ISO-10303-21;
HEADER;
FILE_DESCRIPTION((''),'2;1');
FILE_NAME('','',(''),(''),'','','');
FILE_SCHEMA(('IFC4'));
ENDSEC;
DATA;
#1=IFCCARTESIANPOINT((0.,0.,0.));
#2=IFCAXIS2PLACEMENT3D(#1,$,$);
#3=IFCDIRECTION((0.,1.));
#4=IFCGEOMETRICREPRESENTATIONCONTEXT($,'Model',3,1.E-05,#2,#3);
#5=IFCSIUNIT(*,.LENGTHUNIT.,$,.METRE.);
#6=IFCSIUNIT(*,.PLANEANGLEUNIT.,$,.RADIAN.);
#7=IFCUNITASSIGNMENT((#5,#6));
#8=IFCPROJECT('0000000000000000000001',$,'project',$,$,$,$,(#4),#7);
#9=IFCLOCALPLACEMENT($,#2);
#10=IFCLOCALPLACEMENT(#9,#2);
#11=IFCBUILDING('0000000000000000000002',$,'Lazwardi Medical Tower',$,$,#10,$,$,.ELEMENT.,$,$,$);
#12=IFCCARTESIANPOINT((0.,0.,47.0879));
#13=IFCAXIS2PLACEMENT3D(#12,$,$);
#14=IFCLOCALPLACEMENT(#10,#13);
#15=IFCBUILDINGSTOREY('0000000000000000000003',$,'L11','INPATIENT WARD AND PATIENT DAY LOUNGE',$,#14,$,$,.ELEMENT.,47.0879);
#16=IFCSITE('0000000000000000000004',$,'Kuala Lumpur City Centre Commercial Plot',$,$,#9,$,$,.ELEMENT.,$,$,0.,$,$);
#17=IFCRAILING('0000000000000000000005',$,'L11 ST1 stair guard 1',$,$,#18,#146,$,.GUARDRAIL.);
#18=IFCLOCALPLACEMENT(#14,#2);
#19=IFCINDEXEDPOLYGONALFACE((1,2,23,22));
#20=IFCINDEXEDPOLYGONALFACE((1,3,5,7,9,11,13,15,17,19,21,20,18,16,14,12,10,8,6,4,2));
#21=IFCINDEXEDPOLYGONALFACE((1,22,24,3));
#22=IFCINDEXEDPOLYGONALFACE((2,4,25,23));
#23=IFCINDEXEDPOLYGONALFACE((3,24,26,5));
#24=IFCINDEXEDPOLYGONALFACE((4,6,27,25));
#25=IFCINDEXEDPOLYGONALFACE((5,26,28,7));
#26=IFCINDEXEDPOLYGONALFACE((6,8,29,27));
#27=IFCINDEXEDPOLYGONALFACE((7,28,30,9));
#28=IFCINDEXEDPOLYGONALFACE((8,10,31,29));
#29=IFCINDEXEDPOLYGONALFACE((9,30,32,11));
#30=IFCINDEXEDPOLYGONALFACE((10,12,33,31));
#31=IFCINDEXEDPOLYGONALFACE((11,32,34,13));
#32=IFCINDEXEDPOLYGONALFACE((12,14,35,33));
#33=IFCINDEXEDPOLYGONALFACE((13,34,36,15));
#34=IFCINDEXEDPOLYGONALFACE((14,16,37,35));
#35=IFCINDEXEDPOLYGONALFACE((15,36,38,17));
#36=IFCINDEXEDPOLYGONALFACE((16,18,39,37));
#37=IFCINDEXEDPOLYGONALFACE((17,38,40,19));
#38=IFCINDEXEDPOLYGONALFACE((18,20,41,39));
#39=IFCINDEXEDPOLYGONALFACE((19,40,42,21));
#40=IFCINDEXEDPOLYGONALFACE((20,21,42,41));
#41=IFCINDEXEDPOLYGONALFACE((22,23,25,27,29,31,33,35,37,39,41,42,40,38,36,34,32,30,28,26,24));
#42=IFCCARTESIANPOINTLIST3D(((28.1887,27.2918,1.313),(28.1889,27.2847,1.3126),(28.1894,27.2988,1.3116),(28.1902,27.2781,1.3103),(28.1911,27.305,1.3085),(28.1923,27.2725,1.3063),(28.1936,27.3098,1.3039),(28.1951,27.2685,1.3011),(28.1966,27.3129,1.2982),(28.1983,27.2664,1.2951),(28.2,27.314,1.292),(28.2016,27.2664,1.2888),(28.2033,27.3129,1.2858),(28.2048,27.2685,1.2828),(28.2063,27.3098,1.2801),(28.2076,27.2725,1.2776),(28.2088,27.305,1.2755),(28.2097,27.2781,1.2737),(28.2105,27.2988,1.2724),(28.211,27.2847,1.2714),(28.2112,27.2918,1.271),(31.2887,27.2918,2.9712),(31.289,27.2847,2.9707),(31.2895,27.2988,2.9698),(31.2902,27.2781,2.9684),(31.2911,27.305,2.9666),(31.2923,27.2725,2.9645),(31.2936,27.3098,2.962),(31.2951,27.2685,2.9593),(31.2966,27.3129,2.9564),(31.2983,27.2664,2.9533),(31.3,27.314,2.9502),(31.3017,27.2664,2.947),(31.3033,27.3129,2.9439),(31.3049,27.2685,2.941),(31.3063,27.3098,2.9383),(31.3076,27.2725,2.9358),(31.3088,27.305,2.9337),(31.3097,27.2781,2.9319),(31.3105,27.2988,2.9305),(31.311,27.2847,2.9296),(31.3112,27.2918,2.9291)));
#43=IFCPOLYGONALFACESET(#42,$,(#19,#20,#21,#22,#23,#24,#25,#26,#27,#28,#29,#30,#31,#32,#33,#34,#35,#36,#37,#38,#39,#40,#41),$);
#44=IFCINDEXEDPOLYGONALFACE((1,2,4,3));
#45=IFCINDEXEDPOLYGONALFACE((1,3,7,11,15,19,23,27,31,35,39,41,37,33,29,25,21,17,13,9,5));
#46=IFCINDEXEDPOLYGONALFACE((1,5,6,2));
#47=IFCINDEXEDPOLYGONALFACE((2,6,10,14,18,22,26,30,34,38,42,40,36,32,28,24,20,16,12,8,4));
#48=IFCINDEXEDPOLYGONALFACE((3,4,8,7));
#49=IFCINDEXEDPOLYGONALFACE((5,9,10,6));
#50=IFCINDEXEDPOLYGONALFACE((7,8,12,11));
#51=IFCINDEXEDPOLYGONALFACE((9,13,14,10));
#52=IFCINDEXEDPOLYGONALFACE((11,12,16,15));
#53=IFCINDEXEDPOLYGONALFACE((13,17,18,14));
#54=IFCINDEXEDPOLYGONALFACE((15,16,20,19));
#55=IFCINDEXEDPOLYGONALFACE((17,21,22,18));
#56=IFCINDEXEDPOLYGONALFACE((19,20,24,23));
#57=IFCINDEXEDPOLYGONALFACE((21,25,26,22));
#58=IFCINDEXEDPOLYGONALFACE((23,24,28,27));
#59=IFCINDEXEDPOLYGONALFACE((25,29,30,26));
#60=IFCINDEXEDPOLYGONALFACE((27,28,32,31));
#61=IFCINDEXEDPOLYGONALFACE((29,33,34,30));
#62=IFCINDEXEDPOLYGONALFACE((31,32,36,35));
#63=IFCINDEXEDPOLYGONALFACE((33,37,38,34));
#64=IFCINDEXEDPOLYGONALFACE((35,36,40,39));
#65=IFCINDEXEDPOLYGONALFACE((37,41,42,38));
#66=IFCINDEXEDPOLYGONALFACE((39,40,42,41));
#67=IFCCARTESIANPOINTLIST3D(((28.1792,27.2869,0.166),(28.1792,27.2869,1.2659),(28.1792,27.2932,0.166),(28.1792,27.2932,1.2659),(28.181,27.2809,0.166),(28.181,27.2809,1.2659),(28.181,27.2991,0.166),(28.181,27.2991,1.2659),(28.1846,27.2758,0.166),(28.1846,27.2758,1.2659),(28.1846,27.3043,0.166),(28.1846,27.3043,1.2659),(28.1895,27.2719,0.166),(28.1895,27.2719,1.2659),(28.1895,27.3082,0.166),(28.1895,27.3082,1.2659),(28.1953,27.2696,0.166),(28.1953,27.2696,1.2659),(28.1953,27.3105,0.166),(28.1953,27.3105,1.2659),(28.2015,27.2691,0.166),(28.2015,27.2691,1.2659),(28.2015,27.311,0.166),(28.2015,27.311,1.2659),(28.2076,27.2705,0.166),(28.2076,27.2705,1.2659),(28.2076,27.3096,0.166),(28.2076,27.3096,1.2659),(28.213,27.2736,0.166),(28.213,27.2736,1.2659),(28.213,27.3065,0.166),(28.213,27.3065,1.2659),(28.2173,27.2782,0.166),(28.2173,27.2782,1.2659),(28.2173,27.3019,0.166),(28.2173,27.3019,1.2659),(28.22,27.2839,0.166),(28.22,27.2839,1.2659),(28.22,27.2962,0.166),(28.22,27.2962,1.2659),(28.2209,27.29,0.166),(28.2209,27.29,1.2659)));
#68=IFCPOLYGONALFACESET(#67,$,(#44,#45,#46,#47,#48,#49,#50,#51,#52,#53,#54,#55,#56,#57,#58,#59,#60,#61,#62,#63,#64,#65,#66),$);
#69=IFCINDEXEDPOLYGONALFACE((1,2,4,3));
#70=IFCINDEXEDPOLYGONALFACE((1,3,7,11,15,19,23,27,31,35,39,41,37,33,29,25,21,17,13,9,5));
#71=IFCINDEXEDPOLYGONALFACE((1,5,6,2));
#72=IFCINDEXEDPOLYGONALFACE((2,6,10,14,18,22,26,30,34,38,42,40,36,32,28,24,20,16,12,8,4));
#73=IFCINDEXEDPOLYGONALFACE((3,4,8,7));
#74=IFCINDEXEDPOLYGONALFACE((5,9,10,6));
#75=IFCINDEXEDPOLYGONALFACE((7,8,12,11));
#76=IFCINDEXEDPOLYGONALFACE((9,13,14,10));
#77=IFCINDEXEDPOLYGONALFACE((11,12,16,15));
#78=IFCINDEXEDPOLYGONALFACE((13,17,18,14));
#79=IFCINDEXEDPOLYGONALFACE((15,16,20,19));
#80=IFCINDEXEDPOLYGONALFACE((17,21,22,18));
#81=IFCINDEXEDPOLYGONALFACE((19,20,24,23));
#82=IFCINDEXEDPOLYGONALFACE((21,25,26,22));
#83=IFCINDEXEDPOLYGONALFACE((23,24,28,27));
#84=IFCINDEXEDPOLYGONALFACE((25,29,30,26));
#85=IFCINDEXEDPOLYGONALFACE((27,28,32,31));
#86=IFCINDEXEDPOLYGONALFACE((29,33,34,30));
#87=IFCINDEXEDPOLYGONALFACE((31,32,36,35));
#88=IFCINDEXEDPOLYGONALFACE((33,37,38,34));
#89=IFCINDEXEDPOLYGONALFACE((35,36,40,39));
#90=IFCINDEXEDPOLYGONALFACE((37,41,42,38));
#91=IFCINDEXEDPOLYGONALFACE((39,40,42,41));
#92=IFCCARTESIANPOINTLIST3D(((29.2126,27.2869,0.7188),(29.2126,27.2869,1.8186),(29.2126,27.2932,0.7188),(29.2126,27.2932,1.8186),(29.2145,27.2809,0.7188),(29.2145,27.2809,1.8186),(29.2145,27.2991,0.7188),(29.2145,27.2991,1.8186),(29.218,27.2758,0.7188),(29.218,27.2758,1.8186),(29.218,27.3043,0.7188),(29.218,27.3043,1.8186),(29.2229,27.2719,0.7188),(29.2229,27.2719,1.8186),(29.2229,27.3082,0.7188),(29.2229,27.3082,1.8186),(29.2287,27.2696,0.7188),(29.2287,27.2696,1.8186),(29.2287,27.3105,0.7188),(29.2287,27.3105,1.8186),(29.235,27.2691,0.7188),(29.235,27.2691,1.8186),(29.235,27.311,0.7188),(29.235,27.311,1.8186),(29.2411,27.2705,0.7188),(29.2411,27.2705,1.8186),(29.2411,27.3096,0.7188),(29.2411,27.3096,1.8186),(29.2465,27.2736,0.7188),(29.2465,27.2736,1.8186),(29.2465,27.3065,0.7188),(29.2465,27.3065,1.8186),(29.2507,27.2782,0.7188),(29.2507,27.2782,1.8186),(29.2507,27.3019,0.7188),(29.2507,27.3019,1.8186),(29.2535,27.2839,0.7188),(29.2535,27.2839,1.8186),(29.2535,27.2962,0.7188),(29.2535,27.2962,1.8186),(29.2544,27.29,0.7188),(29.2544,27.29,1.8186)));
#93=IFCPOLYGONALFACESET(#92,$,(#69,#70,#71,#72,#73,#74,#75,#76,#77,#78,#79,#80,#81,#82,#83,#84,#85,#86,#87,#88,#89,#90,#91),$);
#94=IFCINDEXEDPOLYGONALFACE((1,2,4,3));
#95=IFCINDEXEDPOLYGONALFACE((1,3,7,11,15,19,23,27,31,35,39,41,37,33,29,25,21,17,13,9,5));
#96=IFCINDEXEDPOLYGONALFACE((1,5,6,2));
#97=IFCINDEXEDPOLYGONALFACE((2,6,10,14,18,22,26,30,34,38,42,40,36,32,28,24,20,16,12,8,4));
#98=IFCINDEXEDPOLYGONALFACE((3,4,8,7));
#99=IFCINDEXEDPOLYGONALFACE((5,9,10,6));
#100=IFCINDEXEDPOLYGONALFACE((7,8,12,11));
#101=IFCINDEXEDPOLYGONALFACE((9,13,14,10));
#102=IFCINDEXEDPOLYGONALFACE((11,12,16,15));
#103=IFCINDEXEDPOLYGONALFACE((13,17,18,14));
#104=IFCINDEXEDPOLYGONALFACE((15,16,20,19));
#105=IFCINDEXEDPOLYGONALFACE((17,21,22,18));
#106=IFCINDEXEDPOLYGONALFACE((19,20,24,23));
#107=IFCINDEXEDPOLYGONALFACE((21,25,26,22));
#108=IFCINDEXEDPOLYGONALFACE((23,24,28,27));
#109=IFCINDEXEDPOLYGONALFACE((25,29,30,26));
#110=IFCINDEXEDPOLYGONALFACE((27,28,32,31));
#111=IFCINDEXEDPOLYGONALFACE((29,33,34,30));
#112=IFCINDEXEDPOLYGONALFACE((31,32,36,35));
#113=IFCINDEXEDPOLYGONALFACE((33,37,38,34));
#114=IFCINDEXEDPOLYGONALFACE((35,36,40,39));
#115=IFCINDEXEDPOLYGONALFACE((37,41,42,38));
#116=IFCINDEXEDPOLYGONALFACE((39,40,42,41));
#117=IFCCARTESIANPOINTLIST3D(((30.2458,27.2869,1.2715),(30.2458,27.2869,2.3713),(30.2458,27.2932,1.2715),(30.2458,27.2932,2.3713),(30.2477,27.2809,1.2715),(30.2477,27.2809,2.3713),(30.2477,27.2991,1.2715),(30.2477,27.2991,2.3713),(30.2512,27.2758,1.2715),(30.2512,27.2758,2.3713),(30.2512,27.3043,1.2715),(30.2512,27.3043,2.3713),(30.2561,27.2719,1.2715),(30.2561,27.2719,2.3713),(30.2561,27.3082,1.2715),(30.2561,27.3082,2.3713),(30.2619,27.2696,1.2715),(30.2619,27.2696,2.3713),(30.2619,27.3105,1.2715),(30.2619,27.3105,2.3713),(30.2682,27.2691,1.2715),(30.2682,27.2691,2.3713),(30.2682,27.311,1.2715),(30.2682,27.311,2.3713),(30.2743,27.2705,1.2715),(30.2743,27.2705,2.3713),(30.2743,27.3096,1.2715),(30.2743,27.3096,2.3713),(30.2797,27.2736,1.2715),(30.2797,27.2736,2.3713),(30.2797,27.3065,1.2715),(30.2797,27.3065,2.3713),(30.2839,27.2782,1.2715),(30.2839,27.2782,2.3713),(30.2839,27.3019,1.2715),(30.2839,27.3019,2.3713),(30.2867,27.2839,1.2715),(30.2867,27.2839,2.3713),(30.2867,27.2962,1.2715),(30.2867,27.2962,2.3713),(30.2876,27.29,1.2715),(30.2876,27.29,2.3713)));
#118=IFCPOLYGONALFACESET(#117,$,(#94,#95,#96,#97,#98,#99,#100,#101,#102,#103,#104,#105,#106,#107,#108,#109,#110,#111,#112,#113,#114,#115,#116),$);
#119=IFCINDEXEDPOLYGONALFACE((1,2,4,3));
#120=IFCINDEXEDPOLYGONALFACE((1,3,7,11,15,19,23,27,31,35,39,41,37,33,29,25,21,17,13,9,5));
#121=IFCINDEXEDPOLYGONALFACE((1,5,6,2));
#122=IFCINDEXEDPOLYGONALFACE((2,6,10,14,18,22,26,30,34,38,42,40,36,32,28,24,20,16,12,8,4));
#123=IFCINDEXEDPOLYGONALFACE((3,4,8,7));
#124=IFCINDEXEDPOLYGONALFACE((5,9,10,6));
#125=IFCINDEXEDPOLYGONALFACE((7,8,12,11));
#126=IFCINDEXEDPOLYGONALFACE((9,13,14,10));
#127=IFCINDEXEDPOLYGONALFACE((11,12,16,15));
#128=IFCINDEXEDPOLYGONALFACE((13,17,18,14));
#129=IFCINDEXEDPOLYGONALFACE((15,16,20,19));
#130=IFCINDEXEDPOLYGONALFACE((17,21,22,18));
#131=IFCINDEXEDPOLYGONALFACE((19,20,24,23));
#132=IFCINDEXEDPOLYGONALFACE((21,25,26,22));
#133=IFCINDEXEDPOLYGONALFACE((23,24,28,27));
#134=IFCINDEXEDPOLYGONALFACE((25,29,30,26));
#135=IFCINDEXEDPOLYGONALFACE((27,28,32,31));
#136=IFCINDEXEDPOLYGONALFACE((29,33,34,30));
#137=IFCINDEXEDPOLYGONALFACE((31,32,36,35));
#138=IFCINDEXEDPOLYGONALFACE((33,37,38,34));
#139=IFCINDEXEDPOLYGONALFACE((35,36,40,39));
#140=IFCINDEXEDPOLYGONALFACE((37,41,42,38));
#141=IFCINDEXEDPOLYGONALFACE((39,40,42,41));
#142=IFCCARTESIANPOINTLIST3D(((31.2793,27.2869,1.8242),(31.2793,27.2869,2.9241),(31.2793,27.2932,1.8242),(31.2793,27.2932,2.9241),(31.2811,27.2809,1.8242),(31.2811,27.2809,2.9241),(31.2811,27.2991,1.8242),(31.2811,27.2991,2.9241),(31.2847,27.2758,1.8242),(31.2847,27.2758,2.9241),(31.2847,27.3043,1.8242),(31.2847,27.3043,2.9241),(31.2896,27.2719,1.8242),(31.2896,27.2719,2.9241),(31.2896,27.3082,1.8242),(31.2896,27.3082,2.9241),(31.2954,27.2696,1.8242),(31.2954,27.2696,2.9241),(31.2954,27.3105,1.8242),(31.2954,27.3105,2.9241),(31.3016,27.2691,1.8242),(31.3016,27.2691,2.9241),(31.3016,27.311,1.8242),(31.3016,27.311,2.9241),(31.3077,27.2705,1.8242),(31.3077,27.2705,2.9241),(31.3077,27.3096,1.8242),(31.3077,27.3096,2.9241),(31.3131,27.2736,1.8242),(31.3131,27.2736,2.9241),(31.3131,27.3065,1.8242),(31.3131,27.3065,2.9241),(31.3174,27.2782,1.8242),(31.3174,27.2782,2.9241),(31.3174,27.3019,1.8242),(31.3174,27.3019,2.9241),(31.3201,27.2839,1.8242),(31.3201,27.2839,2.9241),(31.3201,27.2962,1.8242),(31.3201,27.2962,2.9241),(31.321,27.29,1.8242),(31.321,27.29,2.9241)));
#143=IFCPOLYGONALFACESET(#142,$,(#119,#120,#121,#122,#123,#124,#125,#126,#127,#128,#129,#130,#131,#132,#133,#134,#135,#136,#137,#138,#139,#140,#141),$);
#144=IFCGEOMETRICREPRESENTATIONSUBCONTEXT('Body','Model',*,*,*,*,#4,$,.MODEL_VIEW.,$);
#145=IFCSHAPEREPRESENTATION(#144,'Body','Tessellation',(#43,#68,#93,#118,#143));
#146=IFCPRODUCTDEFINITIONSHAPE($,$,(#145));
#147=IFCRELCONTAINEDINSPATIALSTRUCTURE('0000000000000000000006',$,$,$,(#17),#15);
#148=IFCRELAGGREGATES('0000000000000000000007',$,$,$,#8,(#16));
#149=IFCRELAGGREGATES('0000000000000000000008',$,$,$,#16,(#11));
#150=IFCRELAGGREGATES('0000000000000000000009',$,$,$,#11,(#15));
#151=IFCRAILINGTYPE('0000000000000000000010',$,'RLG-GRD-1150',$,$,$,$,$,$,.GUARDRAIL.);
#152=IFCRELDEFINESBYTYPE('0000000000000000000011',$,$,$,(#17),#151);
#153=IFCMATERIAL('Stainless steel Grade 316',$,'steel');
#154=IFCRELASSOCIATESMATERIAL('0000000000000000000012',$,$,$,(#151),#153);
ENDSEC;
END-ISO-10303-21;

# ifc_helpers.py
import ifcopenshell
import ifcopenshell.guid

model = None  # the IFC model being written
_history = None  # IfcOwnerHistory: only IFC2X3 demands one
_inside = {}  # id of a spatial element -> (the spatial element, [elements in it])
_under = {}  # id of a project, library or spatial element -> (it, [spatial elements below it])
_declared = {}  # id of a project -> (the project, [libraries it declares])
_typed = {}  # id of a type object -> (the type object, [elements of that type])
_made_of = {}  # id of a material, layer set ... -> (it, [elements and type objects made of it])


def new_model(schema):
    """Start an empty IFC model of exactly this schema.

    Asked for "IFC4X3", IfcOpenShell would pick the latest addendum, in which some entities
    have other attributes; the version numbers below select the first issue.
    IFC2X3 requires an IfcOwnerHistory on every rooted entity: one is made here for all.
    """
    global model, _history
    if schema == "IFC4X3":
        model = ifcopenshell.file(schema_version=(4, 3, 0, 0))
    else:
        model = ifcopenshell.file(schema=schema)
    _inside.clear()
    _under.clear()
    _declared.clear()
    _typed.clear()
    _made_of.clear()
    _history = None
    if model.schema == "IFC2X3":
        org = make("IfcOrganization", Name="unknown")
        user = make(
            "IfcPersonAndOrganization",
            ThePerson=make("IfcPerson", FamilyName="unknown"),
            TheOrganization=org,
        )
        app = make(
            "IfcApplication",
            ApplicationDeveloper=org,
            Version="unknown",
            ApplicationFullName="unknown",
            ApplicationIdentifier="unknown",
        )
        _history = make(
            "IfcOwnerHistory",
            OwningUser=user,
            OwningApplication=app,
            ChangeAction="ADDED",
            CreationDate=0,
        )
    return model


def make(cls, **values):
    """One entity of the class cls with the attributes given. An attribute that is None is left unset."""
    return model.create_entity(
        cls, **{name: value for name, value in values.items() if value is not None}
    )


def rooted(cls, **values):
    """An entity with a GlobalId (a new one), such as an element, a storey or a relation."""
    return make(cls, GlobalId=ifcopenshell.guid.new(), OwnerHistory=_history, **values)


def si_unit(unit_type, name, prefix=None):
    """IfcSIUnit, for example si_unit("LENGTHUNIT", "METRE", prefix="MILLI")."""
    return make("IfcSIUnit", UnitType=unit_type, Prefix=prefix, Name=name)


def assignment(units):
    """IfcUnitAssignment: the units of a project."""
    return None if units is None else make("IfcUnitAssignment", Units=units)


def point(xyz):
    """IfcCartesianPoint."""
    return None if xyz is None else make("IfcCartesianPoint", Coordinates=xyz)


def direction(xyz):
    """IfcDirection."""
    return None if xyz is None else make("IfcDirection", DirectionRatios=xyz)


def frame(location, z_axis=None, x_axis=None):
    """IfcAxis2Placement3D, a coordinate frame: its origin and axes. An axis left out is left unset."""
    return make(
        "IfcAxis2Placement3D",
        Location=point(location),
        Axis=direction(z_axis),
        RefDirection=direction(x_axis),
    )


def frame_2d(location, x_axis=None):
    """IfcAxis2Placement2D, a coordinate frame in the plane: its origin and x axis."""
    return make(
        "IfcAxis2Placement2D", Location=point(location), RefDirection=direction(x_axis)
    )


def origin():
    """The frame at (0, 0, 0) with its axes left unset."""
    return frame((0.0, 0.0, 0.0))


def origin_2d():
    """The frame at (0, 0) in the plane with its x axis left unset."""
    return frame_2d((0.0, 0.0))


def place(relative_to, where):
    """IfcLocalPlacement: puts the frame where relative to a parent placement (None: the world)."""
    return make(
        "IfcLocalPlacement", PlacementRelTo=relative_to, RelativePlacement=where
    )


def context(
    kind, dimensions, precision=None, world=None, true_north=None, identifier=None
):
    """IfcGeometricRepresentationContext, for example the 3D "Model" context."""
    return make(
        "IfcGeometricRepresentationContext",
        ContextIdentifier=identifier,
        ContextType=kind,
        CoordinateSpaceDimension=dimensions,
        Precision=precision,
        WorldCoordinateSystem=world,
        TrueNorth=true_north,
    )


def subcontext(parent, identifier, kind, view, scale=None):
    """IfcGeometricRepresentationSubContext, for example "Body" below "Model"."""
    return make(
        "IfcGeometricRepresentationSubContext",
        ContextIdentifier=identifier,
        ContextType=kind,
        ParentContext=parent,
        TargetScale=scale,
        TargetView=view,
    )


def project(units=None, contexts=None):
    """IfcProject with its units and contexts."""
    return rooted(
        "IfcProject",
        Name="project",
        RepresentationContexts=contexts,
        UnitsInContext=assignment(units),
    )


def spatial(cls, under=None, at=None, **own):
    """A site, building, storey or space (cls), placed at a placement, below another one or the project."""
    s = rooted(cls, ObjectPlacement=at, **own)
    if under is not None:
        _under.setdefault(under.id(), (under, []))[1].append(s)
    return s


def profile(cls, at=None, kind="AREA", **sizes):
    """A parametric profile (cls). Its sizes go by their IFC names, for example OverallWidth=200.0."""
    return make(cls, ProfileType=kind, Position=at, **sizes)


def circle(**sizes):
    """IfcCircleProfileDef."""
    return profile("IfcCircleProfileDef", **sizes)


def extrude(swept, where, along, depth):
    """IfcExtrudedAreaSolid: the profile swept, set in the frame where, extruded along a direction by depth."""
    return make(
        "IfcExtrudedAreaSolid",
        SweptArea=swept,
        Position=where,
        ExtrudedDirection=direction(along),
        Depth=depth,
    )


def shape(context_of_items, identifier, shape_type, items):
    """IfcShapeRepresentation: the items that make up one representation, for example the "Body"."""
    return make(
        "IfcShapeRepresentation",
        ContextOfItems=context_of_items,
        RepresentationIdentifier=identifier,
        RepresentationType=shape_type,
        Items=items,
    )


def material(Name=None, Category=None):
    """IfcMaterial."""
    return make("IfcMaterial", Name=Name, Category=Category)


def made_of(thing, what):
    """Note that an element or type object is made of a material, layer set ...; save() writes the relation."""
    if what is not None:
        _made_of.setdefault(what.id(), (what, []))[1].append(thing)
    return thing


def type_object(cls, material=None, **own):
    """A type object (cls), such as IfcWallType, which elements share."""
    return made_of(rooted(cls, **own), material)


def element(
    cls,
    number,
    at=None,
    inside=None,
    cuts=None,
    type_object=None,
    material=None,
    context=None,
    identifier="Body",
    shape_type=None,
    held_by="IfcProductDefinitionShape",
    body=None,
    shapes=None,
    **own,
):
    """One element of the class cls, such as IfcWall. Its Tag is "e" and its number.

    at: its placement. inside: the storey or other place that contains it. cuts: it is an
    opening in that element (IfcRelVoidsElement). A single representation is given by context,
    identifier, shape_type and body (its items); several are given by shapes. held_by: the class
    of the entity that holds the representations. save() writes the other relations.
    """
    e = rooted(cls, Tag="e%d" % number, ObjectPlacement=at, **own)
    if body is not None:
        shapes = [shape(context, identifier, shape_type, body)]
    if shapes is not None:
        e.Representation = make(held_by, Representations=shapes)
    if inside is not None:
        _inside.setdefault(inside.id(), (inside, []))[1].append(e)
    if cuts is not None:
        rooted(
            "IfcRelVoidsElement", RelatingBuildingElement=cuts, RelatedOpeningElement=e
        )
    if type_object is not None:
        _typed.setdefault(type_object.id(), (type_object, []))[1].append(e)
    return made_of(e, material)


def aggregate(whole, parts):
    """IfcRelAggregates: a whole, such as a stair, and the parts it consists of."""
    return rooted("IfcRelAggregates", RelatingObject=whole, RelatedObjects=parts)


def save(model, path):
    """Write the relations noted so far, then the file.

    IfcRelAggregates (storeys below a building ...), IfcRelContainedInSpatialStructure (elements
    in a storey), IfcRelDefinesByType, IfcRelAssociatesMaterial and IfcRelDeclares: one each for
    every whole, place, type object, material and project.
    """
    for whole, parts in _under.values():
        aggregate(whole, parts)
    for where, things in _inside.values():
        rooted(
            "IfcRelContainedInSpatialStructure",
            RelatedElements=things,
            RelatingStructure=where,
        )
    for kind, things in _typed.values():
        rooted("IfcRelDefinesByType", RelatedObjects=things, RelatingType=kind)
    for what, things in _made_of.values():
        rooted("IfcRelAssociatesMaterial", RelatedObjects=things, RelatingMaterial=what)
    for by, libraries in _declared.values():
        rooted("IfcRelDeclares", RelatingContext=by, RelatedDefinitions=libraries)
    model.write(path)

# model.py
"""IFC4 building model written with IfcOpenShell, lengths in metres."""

from ifc_helpers import new_model, si_unit, direction, frame, origin, origin_2d, place, context, subcontext, project, spatial, circle, extrude, material, type_object, element, save


model = new_model("IFC4")

# Units and contexts
model_context = context("Model", 3, precision=1e-05, world=origin(), true_north=direction((0.0, 1.0)))
body_context = subcontext(model_context, "Body", "Model", "MODEL_VIEW")
ifc_project = project(units=[si_unit("LENGTHUNIT", "METRE"), si_unit("PLANEANGLEUNIT", "RADIAN")], contexts=[model_context])

# Site, building, storey
site_placement = place(None, origin())
site = spatial("IfcSite", under=ifc_project, at=site_placement, Name="Kuala Lumpur City Centre Commercial Plot", CompositionType="ELEMENT", RefElevation=0.0)
building_placement = place(site_placement, origin())
building = spatial("IfcBuilding", under=site, at=building_placement, Name="Lazwardi Medical Tower", CompositionType="ELEMENT")
storey_placement = place(building_placement, frame((0.0, 0.0, 47.0879)))
storey = spatial("IfcBuildingStorey", under=building, at=storey_placement, Name="L11", Description="INPATIENT WARD AND PATIENT DAY LOUNGE", CompositionType="ELEMENT", Elevation=47.0879)

# Railing
ifc_material_1 = material(Name="Stainless steel Grade 316", Category="steel")
railing_type_1 = type_object("IfcRailingType", Name="RLG-GRD-1150", PredefinedType="GUARDRAIL", material=ifc_material_1)
railing_1_placement = place(storey_placement, frame((28.2, 27.29, 0.166)))
element("IfcRailing", 1, at=railing_1_placement, inside=storey, type_object=railing_type_1, Name="L11 ST1 stair guard 1", PredefinedType="GUARDRAIL", context=body_context, shape_type="SweptSolid", body=[
    extrude(circle(Radius=0.0239, at=origin_2d()), frame((0.0, 0.0, 1.126), z_axis=(0.881783, 0.0, 0.471655), x_axis=(0.0, 1.0, 0.0)), (0.0, 0.0, 1.0), 3.5156),
    extrude(circle(Radius=0.021, at=origin_2d()), origin(), (0.0, 0.0, 1.0), 1.0999),
    extrude(circle(Radius=0.021, at=origin_2d()), frame((1.0334, 0.0, 0.5527)), (0.0, 0.0, 1.0), 1.0999),
    extrude(circle(Radius=0.021, at=origin_2d()), frame((2.0667, 0.0, 1.1055)), (0.0, 0.0, 1.0), 1.0999),
    extrude(circle(Radius=0.021, at=origin_2d()), frame((3.1001, 0.0, 1.6582)), (0.0, 0.0, 1.0), 1.0999),
])

save(model, "model.ifc")
